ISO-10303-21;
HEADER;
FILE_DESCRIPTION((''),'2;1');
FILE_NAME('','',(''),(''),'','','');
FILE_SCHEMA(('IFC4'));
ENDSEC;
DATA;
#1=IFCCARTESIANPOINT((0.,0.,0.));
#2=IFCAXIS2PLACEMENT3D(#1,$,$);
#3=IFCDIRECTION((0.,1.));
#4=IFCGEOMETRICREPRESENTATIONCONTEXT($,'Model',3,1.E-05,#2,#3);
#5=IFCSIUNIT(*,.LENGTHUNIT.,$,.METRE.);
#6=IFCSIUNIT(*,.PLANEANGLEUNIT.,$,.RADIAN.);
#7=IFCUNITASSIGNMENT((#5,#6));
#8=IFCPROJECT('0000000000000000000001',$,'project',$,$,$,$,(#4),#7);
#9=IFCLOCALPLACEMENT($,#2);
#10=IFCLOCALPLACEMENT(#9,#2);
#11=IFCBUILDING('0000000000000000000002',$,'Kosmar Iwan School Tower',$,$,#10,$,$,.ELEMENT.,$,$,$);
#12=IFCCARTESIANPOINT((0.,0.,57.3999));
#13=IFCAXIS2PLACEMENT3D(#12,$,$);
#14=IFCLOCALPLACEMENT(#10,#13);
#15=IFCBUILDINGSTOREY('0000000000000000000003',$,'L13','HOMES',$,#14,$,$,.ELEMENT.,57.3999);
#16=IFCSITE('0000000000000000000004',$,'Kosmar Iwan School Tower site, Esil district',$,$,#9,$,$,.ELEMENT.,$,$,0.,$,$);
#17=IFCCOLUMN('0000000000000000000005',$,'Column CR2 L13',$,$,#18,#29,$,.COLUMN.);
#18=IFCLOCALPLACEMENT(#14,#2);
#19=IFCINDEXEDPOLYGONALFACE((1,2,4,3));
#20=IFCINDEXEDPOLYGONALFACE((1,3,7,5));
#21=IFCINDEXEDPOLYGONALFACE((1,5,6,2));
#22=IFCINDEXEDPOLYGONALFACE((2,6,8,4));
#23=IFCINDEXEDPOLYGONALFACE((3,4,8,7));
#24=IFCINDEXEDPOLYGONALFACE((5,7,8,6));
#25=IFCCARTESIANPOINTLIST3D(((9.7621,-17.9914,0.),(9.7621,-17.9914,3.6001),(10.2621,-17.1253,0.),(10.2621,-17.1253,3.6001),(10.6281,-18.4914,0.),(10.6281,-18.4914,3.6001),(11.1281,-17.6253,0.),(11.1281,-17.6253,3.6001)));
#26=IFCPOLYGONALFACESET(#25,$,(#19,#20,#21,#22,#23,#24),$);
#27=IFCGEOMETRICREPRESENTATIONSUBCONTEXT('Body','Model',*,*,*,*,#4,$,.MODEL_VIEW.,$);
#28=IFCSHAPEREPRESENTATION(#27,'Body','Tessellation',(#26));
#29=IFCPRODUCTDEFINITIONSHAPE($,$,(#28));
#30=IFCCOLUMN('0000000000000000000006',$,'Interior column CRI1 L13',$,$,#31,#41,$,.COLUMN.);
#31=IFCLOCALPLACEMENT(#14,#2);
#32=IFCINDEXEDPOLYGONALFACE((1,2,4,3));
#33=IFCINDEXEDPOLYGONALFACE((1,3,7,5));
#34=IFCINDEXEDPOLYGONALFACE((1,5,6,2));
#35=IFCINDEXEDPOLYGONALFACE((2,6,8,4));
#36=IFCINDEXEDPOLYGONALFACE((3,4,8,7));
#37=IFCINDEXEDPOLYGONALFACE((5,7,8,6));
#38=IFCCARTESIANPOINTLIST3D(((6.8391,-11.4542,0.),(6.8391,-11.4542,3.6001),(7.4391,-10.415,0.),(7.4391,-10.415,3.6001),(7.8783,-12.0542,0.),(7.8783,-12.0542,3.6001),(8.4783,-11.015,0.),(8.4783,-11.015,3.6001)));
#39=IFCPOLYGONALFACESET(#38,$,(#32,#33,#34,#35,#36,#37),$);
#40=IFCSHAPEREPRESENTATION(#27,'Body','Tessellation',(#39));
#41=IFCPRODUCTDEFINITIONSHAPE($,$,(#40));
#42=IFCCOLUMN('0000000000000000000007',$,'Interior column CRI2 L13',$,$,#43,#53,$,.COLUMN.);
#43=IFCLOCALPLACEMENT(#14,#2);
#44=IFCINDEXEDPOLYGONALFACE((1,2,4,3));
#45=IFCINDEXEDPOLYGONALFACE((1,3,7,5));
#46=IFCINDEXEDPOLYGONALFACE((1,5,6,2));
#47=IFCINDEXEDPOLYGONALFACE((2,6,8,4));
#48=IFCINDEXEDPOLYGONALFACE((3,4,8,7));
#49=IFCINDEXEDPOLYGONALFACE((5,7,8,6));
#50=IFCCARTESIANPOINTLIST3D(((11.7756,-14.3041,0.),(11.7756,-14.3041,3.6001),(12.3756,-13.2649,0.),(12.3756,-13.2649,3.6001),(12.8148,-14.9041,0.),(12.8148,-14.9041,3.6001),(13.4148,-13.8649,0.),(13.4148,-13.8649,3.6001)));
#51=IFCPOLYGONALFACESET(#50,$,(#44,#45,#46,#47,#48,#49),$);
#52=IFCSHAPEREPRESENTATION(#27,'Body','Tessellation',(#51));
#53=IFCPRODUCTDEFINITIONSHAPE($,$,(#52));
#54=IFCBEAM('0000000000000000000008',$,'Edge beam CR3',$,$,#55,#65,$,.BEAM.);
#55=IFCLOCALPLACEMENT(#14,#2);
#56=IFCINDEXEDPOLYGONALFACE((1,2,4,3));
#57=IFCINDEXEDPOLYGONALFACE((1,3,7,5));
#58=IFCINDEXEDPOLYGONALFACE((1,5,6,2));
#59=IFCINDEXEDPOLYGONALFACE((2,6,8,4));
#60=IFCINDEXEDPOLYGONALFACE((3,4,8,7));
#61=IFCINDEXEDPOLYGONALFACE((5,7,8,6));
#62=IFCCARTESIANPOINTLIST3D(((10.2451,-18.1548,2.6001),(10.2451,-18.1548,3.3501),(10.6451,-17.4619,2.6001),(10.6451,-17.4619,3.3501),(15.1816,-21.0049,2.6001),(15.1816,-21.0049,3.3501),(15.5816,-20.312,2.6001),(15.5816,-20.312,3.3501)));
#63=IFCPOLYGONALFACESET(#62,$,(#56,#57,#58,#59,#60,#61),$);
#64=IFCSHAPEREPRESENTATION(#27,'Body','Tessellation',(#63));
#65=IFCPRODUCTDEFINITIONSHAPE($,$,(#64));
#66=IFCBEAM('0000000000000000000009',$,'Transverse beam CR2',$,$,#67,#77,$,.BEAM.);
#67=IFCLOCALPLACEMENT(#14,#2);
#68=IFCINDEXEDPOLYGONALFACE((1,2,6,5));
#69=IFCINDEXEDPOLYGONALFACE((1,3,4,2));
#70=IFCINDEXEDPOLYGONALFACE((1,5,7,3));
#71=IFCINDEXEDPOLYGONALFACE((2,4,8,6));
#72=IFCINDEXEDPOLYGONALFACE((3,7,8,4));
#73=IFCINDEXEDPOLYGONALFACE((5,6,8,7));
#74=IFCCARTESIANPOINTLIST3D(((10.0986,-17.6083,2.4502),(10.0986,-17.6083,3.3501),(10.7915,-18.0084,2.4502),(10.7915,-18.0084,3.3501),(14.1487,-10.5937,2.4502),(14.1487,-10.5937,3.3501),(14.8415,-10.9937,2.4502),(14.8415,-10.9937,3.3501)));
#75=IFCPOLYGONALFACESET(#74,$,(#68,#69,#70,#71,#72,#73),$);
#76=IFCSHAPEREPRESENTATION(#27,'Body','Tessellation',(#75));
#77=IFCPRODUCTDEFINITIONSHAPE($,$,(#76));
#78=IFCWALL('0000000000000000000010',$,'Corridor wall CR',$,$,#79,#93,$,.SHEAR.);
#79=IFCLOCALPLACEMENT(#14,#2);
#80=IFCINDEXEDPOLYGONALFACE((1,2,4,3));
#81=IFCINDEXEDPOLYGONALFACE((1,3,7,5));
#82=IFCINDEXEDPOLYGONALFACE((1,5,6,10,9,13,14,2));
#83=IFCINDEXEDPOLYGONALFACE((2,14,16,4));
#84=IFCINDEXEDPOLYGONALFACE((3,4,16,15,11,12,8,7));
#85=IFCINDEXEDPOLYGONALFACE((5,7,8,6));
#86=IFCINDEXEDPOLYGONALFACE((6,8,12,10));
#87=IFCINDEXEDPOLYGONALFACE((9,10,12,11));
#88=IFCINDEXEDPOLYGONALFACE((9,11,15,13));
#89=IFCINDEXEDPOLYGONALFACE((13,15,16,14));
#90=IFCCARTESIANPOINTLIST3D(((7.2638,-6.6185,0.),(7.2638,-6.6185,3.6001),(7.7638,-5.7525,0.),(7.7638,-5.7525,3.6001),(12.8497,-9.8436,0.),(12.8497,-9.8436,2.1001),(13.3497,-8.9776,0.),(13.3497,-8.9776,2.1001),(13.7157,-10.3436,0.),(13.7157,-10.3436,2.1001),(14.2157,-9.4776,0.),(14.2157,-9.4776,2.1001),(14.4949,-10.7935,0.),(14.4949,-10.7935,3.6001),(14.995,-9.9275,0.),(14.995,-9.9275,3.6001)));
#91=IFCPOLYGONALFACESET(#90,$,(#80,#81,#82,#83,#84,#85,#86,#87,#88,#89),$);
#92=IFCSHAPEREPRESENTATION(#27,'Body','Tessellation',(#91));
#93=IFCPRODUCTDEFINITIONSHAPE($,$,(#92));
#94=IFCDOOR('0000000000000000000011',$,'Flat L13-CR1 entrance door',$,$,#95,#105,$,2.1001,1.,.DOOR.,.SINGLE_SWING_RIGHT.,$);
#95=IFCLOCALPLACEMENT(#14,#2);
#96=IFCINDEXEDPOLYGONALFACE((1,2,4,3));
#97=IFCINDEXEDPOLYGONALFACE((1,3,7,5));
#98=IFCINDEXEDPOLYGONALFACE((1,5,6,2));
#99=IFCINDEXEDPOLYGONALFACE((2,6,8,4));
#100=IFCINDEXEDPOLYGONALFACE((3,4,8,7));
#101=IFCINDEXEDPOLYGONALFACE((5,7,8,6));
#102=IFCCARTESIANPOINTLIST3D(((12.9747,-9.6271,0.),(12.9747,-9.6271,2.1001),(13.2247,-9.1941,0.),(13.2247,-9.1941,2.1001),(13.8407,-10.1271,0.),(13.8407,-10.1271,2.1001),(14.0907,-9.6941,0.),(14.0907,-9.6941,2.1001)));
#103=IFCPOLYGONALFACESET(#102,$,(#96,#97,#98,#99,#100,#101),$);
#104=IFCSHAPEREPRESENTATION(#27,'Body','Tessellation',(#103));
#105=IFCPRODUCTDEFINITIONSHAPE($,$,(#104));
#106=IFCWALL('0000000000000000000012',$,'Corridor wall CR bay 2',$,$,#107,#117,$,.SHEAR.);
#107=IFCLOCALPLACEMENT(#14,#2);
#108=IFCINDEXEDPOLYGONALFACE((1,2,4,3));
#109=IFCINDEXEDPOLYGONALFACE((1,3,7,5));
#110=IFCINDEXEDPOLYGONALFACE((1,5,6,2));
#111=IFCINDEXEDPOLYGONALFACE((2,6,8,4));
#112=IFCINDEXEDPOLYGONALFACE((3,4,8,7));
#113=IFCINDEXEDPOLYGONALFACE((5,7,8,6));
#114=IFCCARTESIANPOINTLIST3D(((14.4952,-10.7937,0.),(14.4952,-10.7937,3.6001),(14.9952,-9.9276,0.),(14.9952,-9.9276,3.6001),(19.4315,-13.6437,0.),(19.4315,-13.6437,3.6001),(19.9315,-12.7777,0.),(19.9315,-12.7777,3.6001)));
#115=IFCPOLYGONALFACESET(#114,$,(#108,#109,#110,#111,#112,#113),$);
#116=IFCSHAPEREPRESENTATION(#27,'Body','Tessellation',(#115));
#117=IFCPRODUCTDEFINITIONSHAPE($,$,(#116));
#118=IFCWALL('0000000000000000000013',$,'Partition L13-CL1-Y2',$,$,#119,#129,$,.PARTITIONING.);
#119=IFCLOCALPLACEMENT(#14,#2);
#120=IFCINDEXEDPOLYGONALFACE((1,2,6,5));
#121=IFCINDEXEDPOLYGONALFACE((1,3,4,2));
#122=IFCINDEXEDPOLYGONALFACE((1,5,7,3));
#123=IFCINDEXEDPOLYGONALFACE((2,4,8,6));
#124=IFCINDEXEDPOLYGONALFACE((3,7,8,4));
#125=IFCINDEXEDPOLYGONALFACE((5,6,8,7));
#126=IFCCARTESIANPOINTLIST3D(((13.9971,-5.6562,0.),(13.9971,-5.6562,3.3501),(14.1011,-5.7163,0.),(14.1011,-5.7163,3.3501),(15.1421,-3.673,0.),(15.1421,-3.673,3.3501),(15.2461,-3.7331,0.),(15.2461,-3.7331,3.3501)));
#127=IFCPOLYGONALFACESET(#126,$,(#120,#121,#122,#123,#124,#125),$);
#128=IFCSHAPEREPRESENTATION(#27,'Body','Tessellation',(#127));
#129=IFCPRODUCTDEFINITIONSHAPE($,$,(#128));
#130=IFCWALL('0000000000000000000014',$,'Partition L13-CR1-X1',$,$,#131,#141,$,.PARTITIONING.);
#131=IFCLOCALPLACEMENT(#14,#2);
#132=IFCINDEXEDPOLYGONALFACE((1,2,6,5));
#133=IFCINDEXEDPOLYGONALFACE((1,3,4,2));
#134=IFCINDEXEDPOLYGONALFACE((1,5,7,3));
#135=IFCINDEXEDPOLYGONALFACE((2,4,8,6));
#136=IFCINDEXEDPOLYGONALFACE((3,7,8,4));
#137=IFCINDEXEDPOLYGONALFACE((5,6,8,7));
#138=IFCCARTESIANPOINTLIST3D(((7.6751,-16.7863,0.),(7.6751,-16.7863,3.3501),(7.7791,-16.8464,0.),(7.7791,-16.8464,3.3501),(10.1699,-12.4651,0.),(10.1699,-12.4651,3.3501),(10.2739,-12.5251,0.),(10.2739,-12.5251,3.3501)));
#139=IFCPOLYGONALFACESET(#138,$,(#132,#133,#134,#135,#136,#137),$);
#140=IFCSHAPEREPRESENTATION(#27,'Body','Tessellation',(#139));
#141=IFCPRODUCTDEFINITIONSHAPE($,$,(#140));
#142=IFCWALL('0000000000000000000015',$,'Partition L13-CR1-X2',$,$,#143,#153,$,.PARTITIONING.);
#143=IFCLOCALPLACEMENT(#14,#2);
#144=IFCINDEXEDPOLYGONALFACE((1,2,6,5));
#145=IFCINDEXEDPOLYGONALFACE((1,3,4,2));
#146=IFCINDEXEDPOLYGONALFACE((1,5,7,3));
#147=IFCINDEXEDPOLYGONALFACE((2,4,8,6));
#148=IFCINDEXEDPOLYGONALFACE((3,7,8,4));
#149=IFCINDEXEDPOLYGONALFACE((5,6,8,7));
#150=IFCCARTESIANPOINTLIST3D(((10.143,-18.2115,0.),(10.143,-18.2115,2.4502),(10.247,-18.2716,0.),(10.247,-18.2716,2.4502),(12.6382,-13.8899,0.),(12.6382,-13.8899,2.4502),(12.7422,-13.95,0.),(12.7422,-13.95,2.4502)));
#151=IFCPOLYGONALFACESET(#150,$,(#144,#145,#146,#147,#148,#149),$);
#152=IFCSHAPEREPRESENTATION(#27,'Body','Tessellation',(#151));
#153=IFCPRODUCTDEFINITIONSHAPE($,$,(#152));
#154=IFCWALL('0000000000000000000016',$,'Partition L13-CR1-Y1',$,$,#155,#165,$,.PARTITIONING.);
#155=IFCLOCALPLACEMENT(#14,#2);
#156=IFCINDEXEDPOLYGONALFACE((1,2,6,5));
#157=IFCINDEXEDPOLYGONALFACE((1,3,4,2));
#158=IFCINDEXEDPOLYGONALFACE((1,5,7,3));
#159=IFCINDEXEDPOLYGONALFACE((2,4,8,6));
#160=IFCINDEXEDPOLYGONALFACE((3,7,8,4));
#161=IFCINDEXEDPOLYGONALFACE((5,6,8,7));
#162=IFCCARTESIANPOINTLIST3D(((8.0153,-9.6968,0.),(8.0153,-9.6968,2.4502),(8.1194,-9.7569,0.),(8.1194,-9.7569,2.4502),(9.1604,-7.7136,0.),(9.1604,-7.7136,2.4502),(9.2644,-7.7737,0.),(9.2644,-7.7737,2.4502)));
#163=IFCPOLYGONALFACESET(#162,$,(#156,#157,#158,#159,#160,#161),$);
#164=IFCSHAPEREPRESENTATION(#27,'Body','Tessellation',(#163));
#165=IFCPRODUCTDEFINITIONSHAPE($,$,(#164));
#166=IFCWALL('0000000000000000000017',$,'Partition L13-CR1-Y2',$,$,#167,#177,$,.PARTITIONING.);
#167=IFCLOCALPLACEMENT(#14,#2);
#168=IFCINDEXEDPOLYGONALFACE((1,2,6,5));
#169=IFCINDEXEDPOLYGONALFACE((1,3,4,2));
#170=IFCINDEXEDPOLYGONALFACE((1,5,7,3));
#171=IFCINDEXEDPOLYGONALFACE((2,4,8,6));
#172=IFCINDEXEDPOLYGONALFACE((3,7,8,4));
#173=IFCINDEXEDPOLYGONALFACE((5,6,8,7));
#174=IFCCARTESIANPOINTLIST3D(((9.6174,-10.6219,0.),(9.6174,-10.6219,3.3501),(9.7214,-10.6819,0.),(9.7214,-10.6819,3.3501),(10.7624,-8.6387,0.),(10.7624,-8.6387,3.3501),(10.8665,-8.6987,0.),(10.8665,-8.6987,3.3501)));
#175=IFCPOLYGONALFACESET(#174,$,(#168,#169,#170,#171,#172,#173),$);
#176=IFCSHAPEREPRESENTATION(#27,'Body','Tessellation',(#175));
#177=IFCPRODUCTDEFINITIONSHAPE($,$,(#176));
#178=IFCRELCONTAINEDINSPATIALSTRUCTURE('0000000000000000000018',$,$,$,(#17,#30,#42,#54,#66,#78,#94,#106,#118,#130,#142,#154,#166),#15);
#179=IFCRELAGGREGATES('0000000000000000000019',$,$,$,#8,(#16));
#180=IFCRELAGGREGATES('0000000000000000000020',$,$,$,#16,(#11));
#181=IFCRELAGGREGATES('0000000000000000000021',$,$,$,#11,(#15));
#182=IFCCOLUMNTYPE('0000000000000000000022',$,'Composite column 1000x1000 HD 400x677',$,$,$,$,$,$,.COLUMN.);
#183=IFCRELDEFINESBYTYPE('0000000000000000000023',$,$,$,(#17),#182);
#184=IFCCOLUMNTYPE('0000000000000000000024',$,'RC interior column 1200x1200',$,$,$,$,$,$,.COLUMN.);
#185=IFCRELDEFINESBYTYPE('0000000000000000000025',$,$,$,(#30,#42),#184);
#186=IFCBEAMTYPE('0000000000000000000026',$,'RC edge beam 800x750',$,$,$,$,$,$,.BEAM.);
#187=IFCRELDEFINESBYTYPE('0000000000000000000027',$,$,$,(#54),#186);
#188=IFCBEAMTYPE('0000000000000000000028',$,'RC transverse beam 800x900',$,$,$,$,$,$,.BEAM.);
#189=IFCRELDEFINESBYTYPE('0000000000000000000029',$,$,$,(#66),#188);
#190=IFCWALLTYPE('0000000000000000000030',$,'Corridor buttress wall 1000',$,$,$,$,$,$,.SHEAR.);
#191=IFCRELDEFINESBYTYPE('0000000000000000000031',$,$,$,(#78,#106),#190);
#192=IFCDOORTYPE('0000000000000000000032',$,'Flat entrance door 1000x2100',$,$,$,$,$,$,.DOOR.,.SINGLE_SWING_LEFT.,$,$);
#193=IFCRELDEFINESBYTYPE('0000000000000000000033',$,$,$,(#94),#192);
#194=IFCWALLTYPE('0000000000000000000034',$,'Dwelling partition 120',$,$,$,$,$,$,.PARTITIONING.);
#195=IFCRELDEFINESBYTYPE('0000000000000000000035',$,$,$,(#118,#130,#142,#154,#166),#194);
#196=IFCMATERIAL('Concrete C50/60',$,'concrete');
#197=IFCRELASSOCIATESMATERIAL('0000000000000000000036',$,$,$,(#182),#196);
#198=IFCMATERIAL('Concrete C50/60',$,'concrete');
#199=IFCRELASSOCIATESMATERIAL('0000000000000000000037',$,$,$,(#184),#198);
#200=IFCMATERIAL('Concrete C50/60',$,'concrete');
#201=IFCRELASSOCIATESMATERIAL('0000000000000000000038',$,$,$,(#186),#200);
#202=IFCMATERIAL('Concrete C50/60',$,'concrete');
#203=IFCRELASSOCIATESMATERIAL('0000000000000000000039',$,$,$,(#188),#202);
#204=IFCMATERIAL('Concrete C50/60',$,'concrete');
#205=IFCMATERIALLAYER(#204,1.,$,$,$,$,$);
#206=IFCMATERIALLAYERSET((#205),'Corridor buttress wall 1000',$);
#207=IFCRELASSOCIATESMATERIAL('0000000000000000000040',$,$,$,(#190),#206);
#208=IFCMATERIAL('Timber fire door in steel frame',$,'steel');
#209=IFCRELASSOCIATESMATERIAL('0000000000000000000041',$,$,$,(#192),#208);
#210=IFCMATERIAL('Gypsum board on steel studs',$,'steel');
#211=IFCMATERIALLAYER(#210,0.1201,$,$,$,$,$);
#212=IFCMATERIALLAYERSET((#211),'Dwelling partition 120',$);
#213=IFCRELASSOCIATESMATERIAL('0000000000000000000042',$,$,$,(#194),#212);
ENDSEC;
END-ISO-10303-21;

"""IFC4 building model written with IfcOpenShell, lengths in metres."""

from ifc_helpers import new_model, si_unit, direction, frame, frame_2d, origin, origin_2d, place, context, subcontext, project, spatial, rectangle, extrude, material, layer, layer_set, material_profile, profile_set, type_object, element, fill, save


model = new_model("IFC4")

# Units and contexts
model_context = context("Model", 3, precision=1e-05, world=origin(), true_north=direction((0.0, 1.0)))
body_context = subcontext(model_context, "Body", "Model", "MODEL_VIEW")
ifc_project = project(units=[si_unit("LENGTHUNIT", "METRE"), si_unit("PLANEANGLEUNIT", "RADIAN")], contexts=[model_context])

# Site, building, storey
site_placement = place(None, origin())
site = spatial("IfcSite", under=ifc_project, at=site_placement, Name="Kosmar Iwan School Tower site, Esil district", CompositionType="ELEMENT", RefElevation=0.0)
building_placement = place(site_placement, origin())
building = spatial("IfcBuilding", under=site, at=building_placement, Name="Kosmar Iwan School Tower", CompositionType="ELEMENT")
storey_placement = place(building_placement, frame((0.0, 0.0, 57.3999)))
storey = spatial("IfcBuildingStorey", under=building, at=storey_placement, Name="L13", Description="HOMES", CompositionType="ELEMENT", Elevation=57.3999)

# Columns
ifc_material_1 = material(Name="Concrete C50/60", Category="concrete")
ifc_material_profile_1 = material_profile(ifc_material_1, rectangle(XDim=1.0, YDim=1.0, at=origin_2d()), Name="RC 1000x1000 + HD 400x677")
ifc_profile_set_1 = profile_set([ifc_material_profile_1], Name="Concrete C50/60")
column_type_1 = type_object("IfcColumnType", Name="Composite column 1000x1000 HD 400x677", PredefinedType="COLUMN", material=ifc_profile_set_1)
column_placement = place(storey_placement, frame((10.4451, -17.8083, 0.0), z_axis=(0.0, 0.0, 1.0), x_axis=(0.866025, -0.5, 0.0)))
element("IfcColumn", 1, at=column_placement, inside=storey, type_object=column_type_1, Name="Column CR2 L13", PredefinedType="COLUMN", context=body_context, shape_type="SweptSolid", body=[
    extrude(rectangle(XDim=1.0, YDim=1.0, at=origin_2d()), origin(), (0.0, 0.0, 1.0), 3.6001),
])
ifc_material_2 = material(Name="Concrete C50/60", Category="concrete")
ifc_material_profile_2 = material_profile(ifc_material_2, rectangle(XDim=1.2, YDim=1.2, at=origin_2d()), Name="RC 1200x1200")
ifc_profile_set_2 = profile_set([ifc_material_profile_2], Name="Concrete C50/60")
column_type_2 = type_object("IfcColumnType", Name="RC interior column 1200x1200", PredefinedType="COLUMN", material=ifc_profile_set_2)
for number, where, z_axis, x_axis, name in (
    (2, (7.6587, -11.2346, 0.0), (0.0, 0.0, 1.0), (0.866025, -0.5, 0.0), "Interior column CRI1 L13"),
    (3, (12.5952, -14.0845, 0.0), (0.0, 0.0, 1.0), (0.866025, -0.5, 0.0), "Interior column CRI2 L13"),
):
    element("IfcColumn", number, at=place(storey_placement, frame(where, z_axis=z_axis, x_axis=x_axis)), inside=storey, type_object=column_type_2, Name=name, PredefinedType="COLUMN", context=body_context, shape_type="SweptSolid", body=[
        extrude(rectangle(XDim=1.2, YDim=1.2, at=origin_2d()), origin(), (0.0, 0.0, 1.0), 3.6001),
    ])

# Beams
ifc_material_3 = material(Name="Concrete C50/60", Category="concrete")
ifc_material_profile_3 = material_profile(ifc_material_3, rectangle(XDim=0.8, YDim=0.75, at=origin_2d()), Name="RC 800x750")
ifc_profile_set_3 = profile_set([ifc_material_profile_3], Name="Concrete C50/60")
beam_type_1 = type_object("IfcBeamType", Name="RC edge beam 800x750", PredefinedType="BEAM", material=ifc_profile_set_3)
beam_1_placement = place(storey_placement, frame((10.4451, -17.8083, 2.9751), z_axis=(0.866026, -0.499999, 0.0), x_axis=(0.499999, 0.866026, 0.0)))
element("IfcBeam", 4, at=beam_1_placement, inside=storey, type_object=beam_type_1, Name="Edge beam CR3", PredefinedType="BEAM", context=body_context, shape_type="SweptSolid", body=[
    extrude(rectangle(XDim=0.8, YDim=0.75, at=origin_2d()), origin(), (0.0, 0.0, 1.0), 5.7002),
])
ifc_material_4 = material(Name="Concrete C50/60", Category="concrete")
ifc_material_profile_4 = material_profile(ifc_material_4, rectangle(XDim=0.8, YDim=0.8999, at=origin_2d()), Name="RC 800x900")
ifc_profile_set_4 = profile_set([ifc_material_profile_4], Name="Concrete C50/60")
beam_type_2 = type_object("IfcBeamType", Name="RC transverse beam 800x900", PredefinedType="BEAM", material=ifc_profile_set_4)
beam_2_placement = place(storey_placement, frame((10.4451, -17.8083, 2.9001), z_axis=(0.500013, 0.866018, 0.0), x_axis=(-0.866018, 0.500013, 0.0)))
element("IfcBeam", 5, at=beam_2_placement, inside=storey, type_object=beam_type_2, Name="Transverse beam CR2", PredefinedType="BEAM", context=body_context, shape_type="SweptSolid", body=[
    extrude(rectangle(XDim=0.8, YDim=0.8999, at=origin_2d()), origin(), (0.0, 0.0, 1.0), 8.0999),
])

# Wall, opening, door
ifc_material_5 = material(Name="Concrete C50/60", Category="concrete")
ifc_layer_1 = layer(ifc_material_5, 1.0)
ifc_layer_set_1 = layer_set([ifc_layer_1], Name="Corridor buttress wall 1000")
wall_type_1 = type_object("IfcWallType", Name="Corridor buttress wall 1000", PredefinedType="SHEAR", material=ifc_layer_set_1)
wall_1_placement = place(storey_placement, frame((7.5139, -6.1855, 0.0), z_axis=(0.0, 0.0, 1.0), x_axis=(0.86602, -0.50001, 0.0)))
wall_1 = element("IfcWall", 6, at=wall_1_placement, inside=storey, type_object=wall_type_1, Name="Corridor wall CR", PredefinedType="SHEAR", context=body_context, shape_type="SweptSolid", body=[
    extrude(rectangle(XDim=8.3499, YDim=1.0, at=frame_2d((4.1748, 0.0))), origin(), (0.0, 0.0, 1.0), 3.6001),
])
opening_placement = place(wall_1_placement, frame((6.45, 0.0, 0.0)))
opening = element("IfcOpeningElement", 7, at=opening_placement, cuts=wall_1, PredefinedType="OPENING", context=body_context, shape_type="SweptSolid", body=[
    extrude(rectangle(XDim=1.0, YDim=2.1001, at=frame_2d((0.5, 1.05))), frame((0.0, 0.512, 0.0), z_axis=(0.0, -1.0, 0.0), x_axis=(1.0, 0.0, 0.0)), (0.0, 0.0, 1.0), 1.0239),
])
ifc_material_6 = material(Name="Timber fire door in steel frame", Category="steel")
door_type = type_object("IfcDoorType", Name="Flat entrance door 1000x2100", OperationType="SINGLE_SWING_LEFT", PredefinedType="DOOR", material=ifc_material_6)
door_placement = place(opening_placement, origin())
door = element("IfcDoor", 8, at=door_placement, inside=storey, type_object=door_type, Name="Flat L13-CR1 entrance door", OperationType="SINGLE_SWING_RIGHT", OverallHeight=2.1001, OverallWidth=1.0, PredefinedType="DOOR", context=body_context, shape_type="SweptSolid", body=[
    extrude(rectangle(XDim=1.0, YDim=2.1001, at=frame_2d((0.5, 1.05))), frame((0.0, 0.25, 0.0), z_axis=(0.0, -1.0, 0.0), x_axis=(1.0, 0.0, 0.0)), (0.0, 0.0, 1.0), 0.5),
])
fill(opening, door)

# Walls
wall_2_placement = place(storey_placement, frame((14.7451, -10.3606, 0.0), z_axis=(0.0, 0.0, 1.0), x_axis=(0.866015, -0.500018, 0.0)))
element("IfcWall", 9, at=wall_2_placement, inside=storey, type_object=wall_type_1, Name="Corridor wall CR bay 2", PredefinedType="SHEAR", context=body_context, shape_type="SweptSolid", body=[
    extrude(rectangle(XDim=5.7, YDim=1.0, at=frame_2d((2.8501, 0.0))), origin(), (0.0, 0.0, 1.0), 3.6001),
])
ifc_material_7 = material(Name="Gypsum board on steel studs", Category="steel")
ifc_layer_2 = layer(ifc_material_7, 0.1201)
ifc_layer_set_2 = layer_set([ifc_layer_2], Name="Dwelling partition 120")
wall_type_2 = type_object("IfcWallType", Name="Dwelling partition 120", PredefinedType="PARTITIONING", material=ifc_layer_set_2)
wall_3_placement = place(storey_placement, frame((14.0491, -5.6863, 0.0), z_axis=(0.0, 0.0, 1.0), x_axis=(0.500015, 0.866017, 0.0)))
element("IfcWall", 10, at=wall_3_placement, inside=storey, type_object=wall_type_2, Name="Partition L13-CL1-Y2", PredefinedType="PARTITIONING", context=body_context, shape_type="SweptSolid", body=[
    extrude(rectangle(XDim=2.29, YDim=0.1201, at=frame_2d((1.145, 0.0))), origin(), (0.0, 0.0, 1.0), 3.3501),
])
wall_4_placement = place(storey_placement, frame((10.2219, -12.4951, 0.0), z_axis=(0.0, 0.0, 1.0), x_axis=(-0.499996, -0.866028, 0.0)))
element("IfcWall", 11, at=wall_4_placement, inside=storey, type_object=wall_type_2, Name="Partition L13-CR1-X1", PredefinedType="PARTITIONING", context=body_context, shape_type="SweptSolid", body=[
    extrude(rectangle(XDim=4.9897, YDim=0.1201, at=frame_2d((2.4949, 0.0))), origin(), (0.0, 0.0, 1.0), 3.3501),
])
wall_5_placement = place(storey_placement, frame((12.6902, -13.9199, 0.0), z_axis=(0.0, 0.0, 1.0), x_axis=(-0.500012, -0.866019, 0.0)))
element("IfcWall", 12, at=wall_5_placement, inside=storey, type_object=wall_type_2, Name="Partition L13-CR1-X2", PredefinedType="PARTITIONING", context=body_context, shape_type="SweptSolid", body=[
    extrude(rectangle(XDim=4.9902, YDim=0.1201, at=frame_2d((2.4951, 0.0))), origin(), (0.0, 0.0, 1.0), 2.4502),
])
wall_6_placement = place(storey_placement, frame((9.2124, -7.7437, 0.0), z_axis=(0.0, 0.0, 1.0), x_axis=(-0.500015, -0.866017, 0.0)))
element("IfcWall", 13, at=wall_6_placement, inside=storey, type_object=wall_type_2, Name="Partition L13-CR1-Y1", PredefinedType="PARTITIONING", context=body_context, shape_type="SweptSolid", body=[
    extrude(rectangle(XDim=2.29, YDim=0.1201, at=frame_2d((1.145, 0.0))), origin(), (0.0, 0.0, 1.0), 2.4502),
])
for number, where, z_axis, x_axis, name in (
    (14, (10.8145, -8.6687, 0.0), (0.0, 0.0, 1.0), (-0.500015, -0.866017, 0.0), "Partition L13-CR1-Y2"),
):
    element("IfcWall", number, at=place(storey_placement, frame(where, z_axis=z_axis, x_axis=x_axis)), inside=storey, type_object=wall_type_2, Name=name, PredefinedType="PARTITIONING", context=body_context, shape_type="SweptSolid", body=[
        extrude(rectangle(XDim=2.29, YDim=0.1201, at=frame_2d((1.145, 0.0))), origin(), (0.0, 0.0, 1.0), 3.3501),
    ])

save(model, "model.ifc")
